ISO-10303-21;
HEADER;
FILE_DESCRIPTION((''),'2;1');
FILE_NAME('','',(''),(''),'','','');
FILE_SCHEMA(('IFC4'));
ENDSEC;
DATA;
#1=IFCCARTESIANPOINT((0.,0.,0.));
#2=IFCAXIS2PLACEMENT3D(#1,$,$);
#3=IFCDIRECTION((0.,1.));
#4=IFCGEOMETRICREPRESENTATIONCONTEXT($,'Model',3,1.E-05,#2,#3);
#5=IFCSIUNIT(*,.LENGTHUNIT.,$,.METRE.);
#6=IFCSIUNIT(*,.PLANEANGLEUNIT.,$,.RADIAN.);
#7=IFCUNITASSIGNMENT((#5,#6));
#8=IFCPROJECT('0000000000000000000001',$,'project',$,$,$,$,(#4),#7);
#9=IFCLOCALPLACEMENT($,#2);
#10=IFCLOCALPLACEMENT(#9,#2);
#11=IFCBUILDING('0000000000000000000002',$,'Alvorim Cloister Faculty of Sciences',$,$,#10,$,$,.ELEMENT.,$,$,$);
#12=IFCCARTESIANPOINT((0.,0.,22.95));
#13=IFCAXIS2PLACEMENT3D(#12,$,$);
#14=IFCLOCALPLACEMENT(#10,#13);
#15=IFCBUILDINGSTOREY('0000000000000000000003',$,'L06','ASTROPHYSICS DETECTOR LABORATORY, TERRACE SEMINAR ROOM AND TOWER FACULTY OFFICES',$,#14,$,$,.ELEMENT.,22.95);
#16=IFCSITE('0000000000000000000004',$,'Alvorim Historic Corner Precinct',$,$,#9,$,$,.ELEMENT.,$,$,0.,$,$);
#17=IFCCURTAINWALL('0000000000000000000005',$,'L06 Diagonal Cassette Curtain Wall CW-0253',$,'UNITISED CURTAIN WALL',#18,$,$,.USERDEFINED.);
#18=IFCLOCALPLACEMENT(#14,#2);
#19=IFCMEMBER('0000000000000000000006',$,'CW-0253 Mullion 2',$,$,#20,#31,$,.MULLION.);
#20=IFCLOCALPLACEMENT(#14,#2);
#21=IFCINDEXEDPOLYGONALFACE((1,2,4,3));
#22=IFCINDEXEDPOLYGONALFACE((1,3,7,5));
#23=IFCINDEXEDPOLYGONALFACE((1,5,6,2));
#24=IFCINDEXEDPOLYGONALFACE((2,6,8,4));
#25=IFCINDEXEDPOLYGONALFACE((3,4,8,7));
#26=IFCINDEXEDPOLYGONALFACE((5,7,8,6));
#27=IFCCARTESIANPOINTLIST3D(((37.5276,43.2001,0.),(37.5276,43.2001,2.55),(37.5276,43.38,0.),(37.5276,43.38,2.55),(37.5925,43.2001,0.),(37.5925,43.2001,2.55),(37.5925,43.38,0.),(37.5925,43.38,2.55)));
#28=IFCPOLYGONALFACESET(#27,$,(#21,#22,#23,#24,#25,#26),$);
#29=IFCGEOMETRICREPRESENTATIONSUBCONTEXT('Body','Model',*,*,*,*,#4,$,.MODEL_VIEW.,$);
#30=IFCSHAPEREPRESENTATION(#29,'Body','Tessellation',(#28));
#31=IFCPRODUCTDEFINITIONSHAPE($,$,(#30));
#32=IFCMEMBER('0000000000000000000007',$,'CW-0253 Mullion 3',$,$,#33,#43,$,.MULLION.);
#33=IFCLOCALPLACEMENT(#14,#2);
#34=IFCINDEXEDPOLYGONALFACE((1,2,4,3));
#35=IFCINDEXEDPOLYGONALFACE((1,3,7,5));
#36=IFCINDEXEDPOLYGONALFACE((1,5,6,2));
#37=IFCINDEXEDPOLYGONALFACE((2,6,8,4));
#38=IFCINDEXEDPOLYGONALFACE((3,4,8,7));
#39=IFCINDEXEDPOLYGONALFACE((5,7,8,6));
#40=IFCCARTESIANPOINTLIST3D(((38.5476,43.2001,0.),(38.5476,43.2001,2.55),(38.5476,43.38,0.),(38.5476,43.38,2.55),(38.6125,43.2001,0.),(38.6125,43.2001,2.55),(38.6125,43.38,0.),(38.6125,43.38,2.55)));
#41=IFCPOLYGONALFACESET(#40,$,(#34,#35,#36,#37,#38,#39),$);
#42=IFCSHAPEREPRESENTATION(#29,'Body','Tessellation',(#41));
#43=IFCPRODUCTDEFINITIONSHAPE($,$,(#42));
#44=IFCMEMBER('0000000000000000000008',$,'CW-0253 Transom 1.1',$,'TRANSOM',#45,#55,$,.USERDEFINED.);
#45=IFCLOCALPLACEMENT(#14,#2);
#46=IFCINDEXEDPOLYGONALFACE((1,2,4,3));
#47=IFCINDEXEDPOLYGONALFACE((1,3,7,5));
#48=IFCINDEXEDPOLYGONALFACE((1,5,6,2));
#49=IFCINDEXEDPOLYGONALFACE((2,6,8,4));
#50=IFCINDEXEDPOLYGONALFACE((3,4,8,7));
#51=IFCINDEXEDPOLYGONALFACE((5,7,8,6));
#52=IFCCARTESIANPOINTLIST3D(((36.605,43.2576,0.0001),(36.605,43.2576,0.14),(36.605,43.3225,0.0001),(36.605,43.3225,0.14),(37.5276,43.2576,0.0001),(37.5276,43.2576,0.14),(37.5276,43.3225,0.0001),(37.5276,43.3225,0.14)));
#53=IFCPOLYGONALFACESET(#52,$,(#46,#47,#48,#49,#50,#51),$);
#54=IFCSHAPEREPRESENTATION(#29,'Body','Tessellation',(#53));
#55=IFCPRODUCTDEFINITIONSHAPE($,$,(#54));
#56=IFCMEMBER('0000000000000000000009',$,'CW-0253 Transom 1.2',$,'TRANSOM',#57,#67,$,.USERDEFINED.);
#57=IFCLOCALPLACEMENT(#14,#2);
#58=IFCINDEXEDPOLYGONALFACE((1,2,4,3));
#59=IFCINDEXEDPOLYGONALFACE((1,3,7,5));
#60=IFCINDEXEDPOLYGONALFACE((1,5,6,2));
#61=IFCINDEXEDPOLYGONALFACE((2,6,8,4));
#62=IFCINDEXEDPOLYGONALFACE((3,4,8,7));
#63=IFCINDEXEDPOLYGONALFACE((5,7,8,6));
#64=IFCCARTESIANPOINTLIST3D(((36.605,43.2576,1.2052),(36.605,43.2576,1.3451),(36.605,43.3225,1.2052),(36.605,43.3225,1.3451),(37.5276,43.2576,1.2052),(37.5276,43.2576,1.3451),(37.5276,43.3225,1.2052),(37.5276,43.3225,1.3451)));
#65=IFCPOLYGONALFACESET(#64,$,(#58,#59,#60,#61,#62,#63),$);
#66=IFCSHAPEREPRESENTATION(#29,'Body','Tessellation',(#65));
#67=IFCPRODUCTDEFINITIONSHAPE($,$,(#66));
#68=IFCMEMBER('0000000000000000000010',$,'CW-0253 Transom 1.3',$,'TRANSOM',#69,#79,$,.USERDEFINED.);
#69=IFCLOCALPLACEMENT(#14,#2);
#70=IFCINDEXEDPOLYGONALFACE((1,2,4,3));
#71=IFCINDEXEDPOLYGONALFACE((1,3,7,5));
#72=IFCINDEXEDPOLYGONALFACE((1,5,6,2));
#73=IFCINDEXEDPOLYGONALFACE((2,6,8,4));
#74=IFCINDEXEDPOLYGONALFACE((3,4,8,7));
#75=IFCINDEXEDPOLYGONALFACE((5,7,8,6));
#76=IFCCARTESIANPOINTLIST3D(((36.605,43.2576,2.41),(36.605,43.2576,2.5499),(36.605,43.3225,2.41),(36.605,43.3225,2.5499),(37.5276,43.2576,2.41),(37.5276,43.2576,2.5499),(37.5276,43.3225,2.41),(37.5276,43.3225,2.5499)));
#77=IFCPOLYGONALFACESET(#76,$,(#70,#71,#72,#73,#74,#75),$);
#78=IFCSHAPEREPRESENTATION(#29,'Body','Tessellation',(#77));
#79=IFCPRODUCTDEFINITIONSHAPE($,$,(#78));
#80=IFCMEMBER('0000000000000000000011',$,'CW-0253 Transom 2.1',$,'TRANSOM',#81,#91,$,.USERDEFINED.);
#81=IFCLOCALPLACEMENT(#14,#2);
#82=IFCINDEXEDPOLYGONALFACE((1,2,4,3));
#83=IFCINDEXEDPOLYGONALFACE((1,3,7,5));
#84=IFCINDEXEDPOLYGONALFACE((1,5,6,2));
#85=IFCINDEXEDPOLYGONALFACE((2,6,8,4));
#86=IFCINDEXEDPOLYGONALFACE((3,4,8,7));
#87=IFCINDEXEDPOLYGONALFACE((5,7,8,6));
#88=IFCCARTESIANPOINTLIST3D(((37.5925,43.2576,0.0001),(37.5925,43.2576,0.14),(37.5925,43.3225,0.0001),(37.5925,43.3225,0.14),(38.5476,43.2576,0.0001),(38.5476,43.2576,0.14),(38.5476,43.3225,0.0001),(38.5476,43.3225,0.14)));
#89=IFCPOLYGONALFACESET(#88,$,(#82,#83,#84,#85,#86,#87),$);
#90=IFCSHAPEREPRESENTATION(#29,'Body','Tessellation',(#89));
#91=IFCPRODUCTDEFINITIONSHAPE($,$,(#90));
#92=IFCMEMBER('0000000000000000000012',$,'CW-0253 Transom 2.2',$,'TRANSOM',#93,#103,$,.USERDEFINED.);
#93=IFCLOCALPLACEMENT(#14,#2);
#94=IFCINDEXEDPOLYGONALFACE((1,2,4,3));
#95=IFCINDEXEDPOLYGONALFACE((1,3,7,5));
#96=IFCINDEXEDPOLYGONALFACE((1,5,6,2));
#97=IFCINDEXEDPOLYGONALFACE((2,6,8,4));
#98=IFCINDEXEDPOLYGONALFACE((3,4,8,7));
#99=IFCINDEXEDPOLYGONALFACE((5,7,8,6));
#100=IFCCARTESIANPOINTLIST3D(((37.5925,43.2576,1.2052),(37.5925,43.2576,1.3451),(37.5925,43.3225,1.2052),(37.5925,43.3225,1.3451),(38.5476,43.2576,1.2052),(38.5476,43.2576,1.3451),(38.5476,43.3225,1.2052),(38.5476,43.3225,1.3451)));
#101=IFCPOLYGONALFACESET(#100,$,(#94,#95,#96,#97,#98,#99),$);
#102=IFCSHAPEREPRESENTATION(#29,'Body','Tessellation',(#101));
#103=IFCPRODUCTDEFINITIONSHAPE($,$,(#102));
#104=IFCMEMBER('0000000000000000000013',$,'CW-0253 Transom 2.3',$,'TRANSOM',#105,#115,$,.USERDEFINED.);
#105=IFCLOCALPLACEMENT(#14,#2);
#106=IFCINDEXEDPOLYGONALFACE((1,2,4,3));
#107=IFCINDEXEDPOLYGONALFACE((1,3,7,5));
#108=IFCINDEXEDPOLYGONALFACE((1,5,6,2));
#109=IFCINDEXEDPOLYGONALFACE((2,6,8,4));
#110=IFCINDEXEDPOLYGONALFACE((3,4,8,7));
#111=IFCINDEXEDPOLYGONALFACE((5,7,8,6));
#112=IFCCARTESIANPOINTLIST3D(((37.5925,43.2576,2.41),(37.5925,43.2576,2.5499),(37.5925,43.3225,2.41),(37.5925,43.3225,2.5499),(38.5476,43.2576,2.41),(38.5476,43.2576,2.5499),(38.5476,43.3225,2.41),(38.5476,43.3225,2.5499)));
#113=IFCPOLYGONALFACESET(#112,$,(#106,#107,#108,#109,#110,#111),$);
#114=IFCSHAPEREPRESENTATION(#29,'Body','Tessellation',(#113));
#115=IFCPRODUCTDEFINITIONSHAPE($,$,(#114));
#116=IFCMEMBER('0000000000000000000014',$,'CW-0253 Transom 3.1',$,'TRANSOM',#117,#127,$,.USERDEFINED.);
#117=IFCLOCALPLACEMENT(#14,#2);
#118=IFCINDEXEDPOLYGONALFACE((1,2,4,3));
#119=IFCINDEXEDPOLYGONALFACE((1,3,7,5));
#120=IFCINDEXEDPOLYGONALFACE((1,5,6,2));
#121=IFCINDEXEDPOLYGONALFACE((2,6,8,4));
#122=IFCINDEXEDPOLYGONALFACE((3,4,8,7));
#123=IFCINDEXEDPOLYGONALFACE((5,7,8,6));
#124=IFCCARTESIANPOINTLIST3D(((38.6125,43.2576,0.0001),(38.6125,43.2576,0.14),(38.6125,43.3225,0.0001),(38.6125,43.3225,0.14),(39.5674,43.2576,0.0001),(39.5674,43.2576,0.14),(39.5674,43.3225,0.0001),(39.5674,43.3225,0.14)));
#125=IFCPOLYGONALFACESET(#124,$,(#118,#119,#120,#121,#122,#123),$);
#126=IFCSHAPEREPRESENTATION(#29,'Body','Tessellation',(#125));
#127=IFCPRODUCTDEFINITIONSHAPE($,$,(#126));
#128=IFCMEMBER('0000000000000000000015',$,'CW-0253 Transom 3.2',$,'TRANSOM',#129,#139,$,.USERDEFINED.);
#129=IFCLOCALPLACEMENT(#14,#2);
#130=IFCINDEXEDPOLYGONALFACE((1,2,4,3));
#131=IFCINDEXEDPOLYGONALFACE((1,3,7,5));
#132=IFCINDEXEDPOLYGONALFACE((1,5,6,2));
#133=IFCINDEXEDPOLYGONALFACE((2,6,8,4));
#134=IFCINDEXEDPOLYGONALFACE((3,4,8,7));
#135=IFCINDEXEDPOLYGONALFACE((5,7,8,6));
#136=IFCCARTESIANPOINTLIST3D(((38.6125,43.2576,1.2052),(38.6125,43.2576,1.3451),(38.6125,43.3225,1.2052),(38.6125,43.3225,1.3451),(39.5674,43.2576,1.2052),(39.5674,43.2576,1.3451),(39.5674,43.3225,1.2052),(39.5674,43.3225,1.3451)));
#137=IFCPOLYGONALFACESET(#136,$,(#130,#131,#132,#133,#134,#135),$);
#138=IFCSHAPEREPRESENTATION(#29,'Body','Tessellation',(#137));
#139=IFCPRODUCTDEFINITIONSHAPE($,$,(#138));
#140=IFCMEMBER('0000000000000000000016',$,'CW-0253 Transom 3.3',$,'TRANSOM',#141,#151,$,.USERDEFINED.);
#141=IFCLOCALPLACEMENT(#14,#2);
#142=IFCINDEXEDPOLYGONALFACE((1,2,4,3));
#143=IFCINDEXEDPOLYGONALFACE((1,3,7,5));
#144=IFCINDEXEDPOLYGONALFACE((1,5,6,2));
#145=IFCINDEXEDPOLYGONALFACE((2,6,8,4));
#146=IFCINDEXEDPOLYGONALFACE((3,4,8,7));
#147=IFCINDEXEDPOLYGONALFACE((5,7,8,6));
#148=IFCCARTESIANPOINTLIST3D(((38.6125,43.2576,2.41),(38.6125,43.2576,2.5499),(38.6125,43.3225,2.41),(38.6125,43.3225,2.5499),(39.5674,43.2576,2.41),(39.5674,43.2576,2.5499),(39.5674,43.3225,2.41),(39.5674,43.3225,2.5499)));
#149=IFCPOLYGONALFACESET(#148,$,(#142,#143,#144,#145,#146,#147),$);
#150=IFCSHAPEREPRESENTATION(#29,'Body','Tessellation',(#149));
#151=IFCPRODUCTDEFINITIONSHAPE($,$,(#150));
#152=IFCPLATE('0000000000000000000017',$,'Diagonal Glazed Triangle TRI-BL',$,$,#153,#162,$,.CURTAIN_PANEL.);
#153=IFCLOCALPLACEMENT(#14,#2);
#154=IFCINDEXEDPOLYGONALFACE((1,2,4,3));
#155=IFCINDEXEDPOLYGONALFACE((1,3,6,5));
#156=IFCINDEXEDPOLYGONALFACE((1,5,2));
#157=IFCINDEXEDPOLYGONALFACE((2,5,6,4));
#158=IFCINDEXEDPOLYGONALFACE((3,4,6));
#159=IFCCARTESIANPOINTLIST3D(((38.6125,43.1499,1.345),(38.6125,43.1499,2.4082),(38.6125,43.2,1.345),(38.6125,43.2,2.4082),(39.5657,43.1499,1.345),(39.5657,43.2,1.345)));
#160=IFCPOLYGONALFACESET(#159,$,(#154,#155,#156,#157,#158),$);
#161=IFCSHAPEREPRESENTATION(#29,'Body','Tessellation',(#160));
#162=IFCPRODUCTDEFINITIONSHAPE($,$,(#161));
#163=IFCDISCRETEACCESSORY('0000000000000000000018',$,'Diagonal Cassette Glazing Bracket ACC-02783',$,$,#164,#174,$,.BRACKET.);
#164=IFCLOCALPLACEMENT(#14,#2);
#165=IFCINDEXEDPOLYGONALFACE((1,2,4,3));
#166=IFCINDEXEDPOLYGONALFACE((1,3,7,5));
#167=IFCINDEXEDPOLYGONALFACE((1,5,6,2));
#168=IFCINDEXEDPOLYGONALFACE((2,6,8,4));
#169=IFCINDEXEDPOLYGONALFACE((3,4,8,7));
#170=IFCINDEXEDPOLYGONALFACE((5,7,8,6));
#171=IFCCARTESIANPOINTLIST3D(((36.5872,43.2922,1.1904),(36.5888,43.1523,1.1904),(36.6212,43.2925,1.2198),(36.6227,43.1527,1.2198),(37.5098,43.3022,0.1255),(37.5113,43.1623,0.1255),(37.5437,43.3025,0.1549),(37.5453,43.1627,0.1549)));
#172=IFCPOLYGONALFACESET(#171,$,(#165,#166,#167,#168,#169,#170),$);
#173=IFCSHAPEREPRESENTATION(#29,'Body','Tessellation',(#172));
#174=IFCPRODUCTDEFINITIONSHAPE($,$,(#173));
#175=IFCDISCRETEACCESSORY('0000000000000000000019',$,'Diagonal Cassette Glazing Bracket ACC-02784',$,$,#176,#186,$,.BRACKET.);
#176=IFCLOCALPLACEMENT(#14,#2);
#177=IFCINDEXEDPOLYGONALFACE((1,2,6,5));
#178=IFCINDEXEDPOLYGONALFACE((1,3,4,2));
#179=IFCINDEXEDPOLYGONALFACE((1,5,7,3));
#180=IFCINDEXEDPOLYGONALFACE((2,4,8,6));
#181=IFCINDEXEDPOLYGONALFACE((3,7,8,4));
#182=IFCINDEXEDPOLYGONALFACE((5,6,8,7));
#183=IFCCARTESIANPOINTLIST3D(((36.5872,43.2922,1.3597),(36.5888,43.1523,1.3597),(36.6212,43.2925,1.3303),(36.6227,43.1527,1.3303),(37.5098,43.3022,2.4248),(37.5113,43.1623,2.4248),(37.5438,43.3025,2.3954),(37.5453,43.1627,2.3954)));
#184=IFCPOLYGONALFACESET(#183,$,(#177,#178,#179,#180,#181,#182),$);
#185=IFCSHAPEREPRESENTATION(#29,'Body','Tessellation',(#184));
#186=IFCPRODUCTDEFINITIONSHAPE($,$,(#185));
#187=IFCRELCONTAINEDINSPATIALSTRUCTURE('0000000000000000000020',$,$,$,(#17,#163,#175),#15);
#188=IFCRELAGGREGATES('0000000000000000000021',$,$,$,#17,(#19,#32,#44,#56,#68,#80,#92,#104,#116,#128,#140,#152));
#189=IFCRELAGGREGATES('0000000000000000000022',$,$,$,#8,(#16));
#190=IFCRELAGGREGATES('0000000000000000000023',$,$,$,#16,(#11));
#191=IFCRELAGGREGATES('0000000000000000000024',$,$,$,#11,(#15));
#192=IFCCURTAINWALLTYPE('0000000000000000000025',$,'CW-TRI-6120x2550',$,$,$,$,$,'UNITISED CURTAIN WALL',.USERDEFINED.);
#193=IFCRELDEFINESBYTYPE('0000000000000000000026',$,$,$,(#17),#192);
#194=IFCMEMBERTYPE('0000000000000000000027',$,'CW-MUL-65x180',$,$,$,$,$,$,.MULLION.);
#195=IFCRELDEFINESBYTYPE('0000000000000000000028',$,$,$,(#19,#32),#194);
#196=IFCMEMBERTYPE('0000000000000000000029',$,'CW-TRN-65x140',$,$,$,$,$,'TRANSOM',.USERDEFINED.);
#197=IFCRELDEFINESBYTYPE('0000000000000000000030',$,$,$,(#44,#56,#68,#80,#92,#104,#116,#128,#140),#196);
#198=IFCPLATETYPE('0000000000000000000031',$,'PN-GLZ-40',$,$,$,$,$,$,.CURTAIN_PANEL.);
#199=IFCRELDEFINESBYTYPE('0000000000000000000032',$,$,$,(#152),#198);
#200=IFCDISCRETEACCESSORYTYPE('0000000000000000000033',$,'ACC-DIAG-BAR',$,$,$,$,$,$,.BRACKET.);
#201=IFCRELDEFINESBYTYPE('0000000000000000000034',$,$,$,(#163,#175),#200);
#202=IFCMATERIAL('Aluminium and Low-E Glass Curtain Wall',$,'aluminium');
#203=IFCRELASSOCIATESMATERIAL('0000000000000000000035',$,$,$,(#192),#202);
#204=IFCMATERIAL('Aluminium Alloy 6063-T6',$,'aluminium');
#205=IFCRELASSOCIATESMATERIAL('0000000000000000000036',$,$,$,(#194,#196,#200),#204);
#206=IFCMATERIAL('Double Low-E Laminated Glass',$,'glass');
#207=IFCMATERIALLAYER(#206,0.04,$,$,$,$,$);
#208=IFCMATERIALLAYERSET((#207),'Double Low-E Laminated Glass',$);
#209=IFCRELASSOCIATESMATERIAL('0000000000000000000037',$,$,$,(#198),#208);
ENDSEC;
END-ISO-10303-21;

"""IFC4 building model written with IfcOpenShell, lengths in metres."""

from ifc_helpers import new_model, si_unit, direction, frame, origin, origin_2d, place, context, subcontext, project, spatial, polyline, rectangle, outline, extrude, material, layer, layer_set, material_profile, profile_set, type_object, element, aggregate, save


model = new_model("IFC4")

# Units and contexts
model_context = context("Model", 3, precision=1e-05, world=origin(), true_north=direction((0.0, 1.0)))
body_context = subcontext(model_context, "Body", "Model", "MODEL_VIEW")
ifc_project = project(units=[si_unit("LENGTHUNIT", "METRE"), si_unit("PLANEANGLEUNIT", "RADIAN")], contexts=[model_context])

# Site, building, storey
site_placement = place(None, origin())
site = spatial("IfcSite", under=ifc_project, at=site_placement, Name="Alvorim Historic Corner Precinct", CompositionType="ELEMENT", RefElevation=0.0)
building_placement = place(site_placement, origin())
building = spatial("IfcBuilding", under=site, at=building_placement, Name="Alvorim Cloister Faculty of Sciences", CompositionType="ELEMENT")
storey_placement = place(building_placement, frame((0.0, 0.0, 22.95)))
storey = spatial("IfcBuildingStorey", under=building, at=storey_placement, Name="L06", Description="ASTROPHYSICS DETECTOR LABORATORY, TERRACE SEMINAR ROOM AND TOWER FACULTY OFFICES", CompositionType="ELEMENT", Elevation=22.95)

# Curtain wall, members, plate
ifc_material_1 = material(Name="Aluminium and Low-E Glass Curtain Wall", Category="aluminium")
curtain_wall_type = type_object("IfcCurtainWallType", Name="CW-TRI-6120x2550", ElementType="UNITISED CURTAIN WALL", PredefinedType="USERDEFINED", material=ifc_material_1)
curtain_wall_placement = place(storey_placement, origin())
curtain_wall = element("IfcCurtainWall", 1, at=curtain_wall_placement, inside=storey, type_object=curtain_wall_type, Name="L06 Diagonal Cassette Curtain Wall CW-0253", ObjectType="UNITISED CURTAIN WALL", PredefinedType="USERDEFINED")
ifc_material_2 = material(Name="Aluminium Alloy 6063-T6", Category="aluminium")
ifc_material_profile_1 = material_profile(ifc_material_2, rectangle(XDim=0.0649, YDim=0.1799, at=origin_2d()), Name="ALU-MUL-65x180")
ifc_profile_set_1 = profile_set([ifc_material_profile_1], Name="Aluminium Alloy 6063-T6")
member_type_1 = type_object("IfcMemberType", Name="CW-MUL-65x180", PredefinedType="MULLION", material=ifc_profile_set_1)
member_1_placement = place(storey_placement, frame((37.5601, 43.29, 0.0), z_axis=(0.0, 0.0, 1.0), x_axis=(1.0, 0.0, 0.0)))
member_1 = element("IfcMember", 2, at=member_1_placement, type_object=member_type_1, Name="CW-0253 Mullion 2", PredefinedType="MULLION", context=body_context, shape_type="SweptSolid", body=[
    extrude(rectangle(XDim=0.0649, YDim=0.1799, at=origin_2d()), origin(), (0.0, 0.0, 1.0), 2.55),
])
member_2_placement = place(storey_placement, frame((38.5801, 43.29, 0.0), z_axis=(0.0, 0.0, 1.0), x_axis=(1.0, 0.0, 0.0)))
member_2 = element("IfcMember", 3, at=member_2_placement, type_object=member_type_1, Name="CW-0253 Mullion 3", PredefinedType="MULLION", context=body_context, shape_type="SweptSolid", body=[
    extrude(rectangle(XDim=0.0649, YDim=0.1799, at=origin_2d()), origin(), (0.0, 0.0, 1.0), 2.55),
])
ifc_material_profile_2 = material_profile(ifc_material_2, rectangle(XDim=0.0649, YDim=0.1399, at=origin_2d()), Name="ALU-TRN-65x140")
ifc_profile_set_2 = profile_set([ifc_material_profile_2], Name="Aluminium Alloy 6063-T6")
member_type_2 = type_object("IfcMemberType", Name="CW-TRN-65x140", ElementType="TRANSOM", PredefinedType="USERDEFINED", material=ifc_profile_set_2)
member_3_placement = place(storey_placement, frame((36.605, 43.29, 0.0701), z_axis=(1.0, 0.0, 0.0), x_axis=(0.0, 1.0, 0.0)))
member_3 = element("IfcMember", 4, at=member_3_placement, type_object=member_type_2, Name="CW-0253 Transom 1.1", ObjectType="TRANSOM", PredefinedType="USERDEFINED", context=body_context, shape_type="SweptSolid", body=[
    extrude(rectangle(XDim=0.0649, YDim=0.1399, at=origin_2d()), origin(), (0.0, 0.0, 1.0), 0.9226),
])
member_4_placement = place(storey_placement, frame((36.605, 43.29, 1.2751), z_axis=(1.0, 0.0, 0.0), x_axis=(0.0, 1.0, 0.0)))
member_4 = element("IfcMember", 5, at=member_4_placement, type_object=member_type_2, Name="CW-0253 Transom 1.2", ObjectType="TRANSOM", PredefinedType="USERDEFINED", context=body_context, shape_type="SweptSolid", body=[
    extrude(rectangle(XDim=0.0649, YDim=0.1399, at=origin_2d()), origin(), (0.0, 0.0, 1.0), 0.9226),
])
member_5_placement = place(storey_placement, frame((36.605, 43.29, 2.48), z_axis=(1.0, 0.0, 0.0), x_axis=(0.0, 1.0, 0.0)))
member_5 = element("IfcMember", 6, at=member_5_placement, type_object=member_type_2, Name="CW-0253 Transom 1.3", ObjectType="TRANSOM", PredefinedType="USERDEFINED", context=body_context, shape_type="SweptSolid", body=[
    extrude(rectangle(XDim=0.0649, YDim=0.1399, at=origin_2d()), origin(), (0.0, 0.0, 1.0), 0.9226),
])
member_6_placement = place(storey_placement, frame((37.5925, 43.29, 0.0701), z_axis=(1.0, 0.0, 0.0), x_axis=(0.0, 1.0, 0.0)))
member_6 = element("IfcMember", 7, at=member_6_placement, type_object=member_type_2, Name="CW-0253 Transom 2.1", ObjectType="TRANSOM", PredefinedType="USERDEFINED", context=body_context, shape_type="SweptSolid", body=[
    extrude(rectangle(XDim=0.0649, YDim=0.1399, at=origin_2d()), origin(), (0.0, 0.0, 1.0), 0.9551),
])
member_7_placement = place(storey_placement, frame((37.5925, 43.29, 1.2751), z_axis=(1.0, 0.0, 0.0), x_axis=(0.0, 1.0, 0.0)))
member_7 = element("IfcMember", 8, at=member_7_placement, type_object=member_type_2, Name="CW-0253 Transom 2.2", ObjectType="TRANSOM", PredefinedType="USERDEFINED", context=body_context, shape_type="SweptSolid", body=[
    extrude(rectangle(XDim=0.0649, YDim=0.1399, at=origin_2d()), origin(), (0.0, 0.0, 1.0), 0.9551),
])
member_8_placement = place(storey_placement, frame((37.5925, 43.29, 2.48), z_axis=(1.0, 0.0, 0.0), x_axis=(0.0, 1.0, 0.0)))
member_8 = element("IfcMember", 9, at=member_8_placement, type_object=member_type_2, Name="CW-0253 Transom 2.3", ObjectType="TRANSOM", PredefinedType="USERDEFINED", context=body_context, shape_type="SweptSolid", body=[
    extrude(rectangle(XDim=0.0649, YDim=0.1399, at=origin_2d()), origin(), (0.0, 0.0, 1.0), 0.9551),
])
member_9_placement = place(storey_placement, frame((38.6125, 43.29, 0.0701), z_axis=(1.0, 0.0, 0.0), x_axis=(0.0, 1.0, 0.0)))
member_9 = element("IfcMember", 10, at=member_9_placement, type_object=member_type_2, Name="CW-0253 Transom 3.1", ObjectType="TRANSOM", PredefinedType="USERDEFINED", context=body_context, shape_type="SweptSolid", body=[
    extrude(rectangle(XDim=0.0649, YDim=0.1399, at=origin_2d()), origin(), (0.0, 0.0, 1.0), 0.9548),
])
member_10_placement = place(storey_placement, frame((38.6125, 43.29, 1.2751), z_axis=(1.0, 0.0, 0.0), x_axis=(0.0, 1.0, 0.0)))
member_10 = element("IfcMember", 11, at=member_10_placement, type_object=member_type_2, Name="CW-0253 Transom 3.2", ObjectType="TRANSOM", PredefinedType="USERDEFINED", context=body_context, shape_type="SweptSolid", body=[
    extrude(rectangle(XDim=0.0649, YDim=0.1399, at=origin_2d()), origin(), (0.0, 0.0, 1.0), 0.9548),
])
member_11_placement = place(storey_placement, frame((38.6125, 43.29, 2.48), z_axis=(1.0, 0.0, 0.0), x_axis=(0.0, 1.0, 0.0)))
member_11 = element("IfcMember", 12, at=member_11_placement, type_object=member_type_2, Name="CW-0253 Transom 3.3", ObjectType="TRANSOM", PredefinedType="USERDEFINED", context=body_context, shape_type="SweptSolid", body=[
    extrude(rectangle(XDim=0.0649, YDim=0.1399, at=origin_2d()), origin(), (0.0, 0.0, 1.0), 0.9548),
])
ifc_material_3 = material(Name="Double Low-E Laminated Glass", Category="glass")
ifc_layer = layer(ifc_material_3, 0.04)
ifc_layer_set = layer_set([ifc_layer], Name="Double Low-E Laminated Glass")
plate_type = type_object("IfcPlateType", Name="PN-GLZ-40", PredefinedType="CURTAIN_PANEL", material=ifc_layer_set)
plate_1_placement = place(storey_placement, frame((38.6125, 43.175, 1.345), z_axis=(0.0, 0.0, 1.0), x_axis=(1.0, 0.0, 0.0)))
plate_1 = element("IfcPlate", 13, at=plate_1_placement, type_object=plate_type, Name="Diagonal Glazed Triangle TRI-BL", PredefinedType="CURTAIN_PANEL", context=body_context, shape_type="SweptSolid", body=[
    extrude(outline(polyline([(0.0, 0.0), (0.9531, 0.0), (0.0, 1.0632), (0.0, 0.0)])), frame((0.0, 0.0249, 0.0), z_axis=(0.0, -1.0, 0.0), x_axis=(1.0, 0.0, 0.0)), (0.0, 0.0, 1.0), 0.05),
])
aggregate(curtain_wall, [member_1, member_2, member_3, member_4, member_5, member_6, member_7, member_8, member_9, member_10, member_11, plate_1])

# Discrete accessories
discrete_accessory_type = type_object("IfcDiscreteAccessoryType", Name="ACC-DIAG-BAR", PredefinedType="BRACKET", material=ifc_material_2)
discrete_accessory_1_placement = place(storey_placement, frame((36.605, 43.2224, 1.2051), z_axis=(0.654775, 0.007104, -0.75579), x_axis=(-0.010849, 0.999941, 0.0)))
element("IfcDiscreteAccessory", 14, at=discrete_accessory_1_placement, inside=storey, type_object=discrete_accessory_type, Name="Diagonal Cassette Glazing Bracket ACC-02783", PredefinedType="BRACKET", context=body_context, shape_type="SweptSolid", body=[
    extrude(rectangle(XDim=0.1399, YDim=0.0449, at=origin_2d()), origin(), (0.0, 0.0, 1.0), 1.4089),
])
discrete_accessory_2_placement = place(storey_placement, frame((36.605, 43.2224, 1.345), z_axis=(0.65469, 0.007103, 0.755864), x_axis=(-0.010849, 0.999941, 0.0)))
element("IfcDiscreteAccessory", 15, at=discrete_accessory_2_placement, inside=storey, type_object=discrete_accessory_type, Name="Diagonal Cassette Glazing Bracket ACC-02784", PredefinedType="BRACKET", context=body_context, shape_type="SweptSolid", body=[
    extrude(rectangle(XDim=0.1399, YDim=0.0449, at=origin_2d()), origin(), (0.0, 0.0, 1.0), 1.4092),
])

save(model, "model.ifc")
